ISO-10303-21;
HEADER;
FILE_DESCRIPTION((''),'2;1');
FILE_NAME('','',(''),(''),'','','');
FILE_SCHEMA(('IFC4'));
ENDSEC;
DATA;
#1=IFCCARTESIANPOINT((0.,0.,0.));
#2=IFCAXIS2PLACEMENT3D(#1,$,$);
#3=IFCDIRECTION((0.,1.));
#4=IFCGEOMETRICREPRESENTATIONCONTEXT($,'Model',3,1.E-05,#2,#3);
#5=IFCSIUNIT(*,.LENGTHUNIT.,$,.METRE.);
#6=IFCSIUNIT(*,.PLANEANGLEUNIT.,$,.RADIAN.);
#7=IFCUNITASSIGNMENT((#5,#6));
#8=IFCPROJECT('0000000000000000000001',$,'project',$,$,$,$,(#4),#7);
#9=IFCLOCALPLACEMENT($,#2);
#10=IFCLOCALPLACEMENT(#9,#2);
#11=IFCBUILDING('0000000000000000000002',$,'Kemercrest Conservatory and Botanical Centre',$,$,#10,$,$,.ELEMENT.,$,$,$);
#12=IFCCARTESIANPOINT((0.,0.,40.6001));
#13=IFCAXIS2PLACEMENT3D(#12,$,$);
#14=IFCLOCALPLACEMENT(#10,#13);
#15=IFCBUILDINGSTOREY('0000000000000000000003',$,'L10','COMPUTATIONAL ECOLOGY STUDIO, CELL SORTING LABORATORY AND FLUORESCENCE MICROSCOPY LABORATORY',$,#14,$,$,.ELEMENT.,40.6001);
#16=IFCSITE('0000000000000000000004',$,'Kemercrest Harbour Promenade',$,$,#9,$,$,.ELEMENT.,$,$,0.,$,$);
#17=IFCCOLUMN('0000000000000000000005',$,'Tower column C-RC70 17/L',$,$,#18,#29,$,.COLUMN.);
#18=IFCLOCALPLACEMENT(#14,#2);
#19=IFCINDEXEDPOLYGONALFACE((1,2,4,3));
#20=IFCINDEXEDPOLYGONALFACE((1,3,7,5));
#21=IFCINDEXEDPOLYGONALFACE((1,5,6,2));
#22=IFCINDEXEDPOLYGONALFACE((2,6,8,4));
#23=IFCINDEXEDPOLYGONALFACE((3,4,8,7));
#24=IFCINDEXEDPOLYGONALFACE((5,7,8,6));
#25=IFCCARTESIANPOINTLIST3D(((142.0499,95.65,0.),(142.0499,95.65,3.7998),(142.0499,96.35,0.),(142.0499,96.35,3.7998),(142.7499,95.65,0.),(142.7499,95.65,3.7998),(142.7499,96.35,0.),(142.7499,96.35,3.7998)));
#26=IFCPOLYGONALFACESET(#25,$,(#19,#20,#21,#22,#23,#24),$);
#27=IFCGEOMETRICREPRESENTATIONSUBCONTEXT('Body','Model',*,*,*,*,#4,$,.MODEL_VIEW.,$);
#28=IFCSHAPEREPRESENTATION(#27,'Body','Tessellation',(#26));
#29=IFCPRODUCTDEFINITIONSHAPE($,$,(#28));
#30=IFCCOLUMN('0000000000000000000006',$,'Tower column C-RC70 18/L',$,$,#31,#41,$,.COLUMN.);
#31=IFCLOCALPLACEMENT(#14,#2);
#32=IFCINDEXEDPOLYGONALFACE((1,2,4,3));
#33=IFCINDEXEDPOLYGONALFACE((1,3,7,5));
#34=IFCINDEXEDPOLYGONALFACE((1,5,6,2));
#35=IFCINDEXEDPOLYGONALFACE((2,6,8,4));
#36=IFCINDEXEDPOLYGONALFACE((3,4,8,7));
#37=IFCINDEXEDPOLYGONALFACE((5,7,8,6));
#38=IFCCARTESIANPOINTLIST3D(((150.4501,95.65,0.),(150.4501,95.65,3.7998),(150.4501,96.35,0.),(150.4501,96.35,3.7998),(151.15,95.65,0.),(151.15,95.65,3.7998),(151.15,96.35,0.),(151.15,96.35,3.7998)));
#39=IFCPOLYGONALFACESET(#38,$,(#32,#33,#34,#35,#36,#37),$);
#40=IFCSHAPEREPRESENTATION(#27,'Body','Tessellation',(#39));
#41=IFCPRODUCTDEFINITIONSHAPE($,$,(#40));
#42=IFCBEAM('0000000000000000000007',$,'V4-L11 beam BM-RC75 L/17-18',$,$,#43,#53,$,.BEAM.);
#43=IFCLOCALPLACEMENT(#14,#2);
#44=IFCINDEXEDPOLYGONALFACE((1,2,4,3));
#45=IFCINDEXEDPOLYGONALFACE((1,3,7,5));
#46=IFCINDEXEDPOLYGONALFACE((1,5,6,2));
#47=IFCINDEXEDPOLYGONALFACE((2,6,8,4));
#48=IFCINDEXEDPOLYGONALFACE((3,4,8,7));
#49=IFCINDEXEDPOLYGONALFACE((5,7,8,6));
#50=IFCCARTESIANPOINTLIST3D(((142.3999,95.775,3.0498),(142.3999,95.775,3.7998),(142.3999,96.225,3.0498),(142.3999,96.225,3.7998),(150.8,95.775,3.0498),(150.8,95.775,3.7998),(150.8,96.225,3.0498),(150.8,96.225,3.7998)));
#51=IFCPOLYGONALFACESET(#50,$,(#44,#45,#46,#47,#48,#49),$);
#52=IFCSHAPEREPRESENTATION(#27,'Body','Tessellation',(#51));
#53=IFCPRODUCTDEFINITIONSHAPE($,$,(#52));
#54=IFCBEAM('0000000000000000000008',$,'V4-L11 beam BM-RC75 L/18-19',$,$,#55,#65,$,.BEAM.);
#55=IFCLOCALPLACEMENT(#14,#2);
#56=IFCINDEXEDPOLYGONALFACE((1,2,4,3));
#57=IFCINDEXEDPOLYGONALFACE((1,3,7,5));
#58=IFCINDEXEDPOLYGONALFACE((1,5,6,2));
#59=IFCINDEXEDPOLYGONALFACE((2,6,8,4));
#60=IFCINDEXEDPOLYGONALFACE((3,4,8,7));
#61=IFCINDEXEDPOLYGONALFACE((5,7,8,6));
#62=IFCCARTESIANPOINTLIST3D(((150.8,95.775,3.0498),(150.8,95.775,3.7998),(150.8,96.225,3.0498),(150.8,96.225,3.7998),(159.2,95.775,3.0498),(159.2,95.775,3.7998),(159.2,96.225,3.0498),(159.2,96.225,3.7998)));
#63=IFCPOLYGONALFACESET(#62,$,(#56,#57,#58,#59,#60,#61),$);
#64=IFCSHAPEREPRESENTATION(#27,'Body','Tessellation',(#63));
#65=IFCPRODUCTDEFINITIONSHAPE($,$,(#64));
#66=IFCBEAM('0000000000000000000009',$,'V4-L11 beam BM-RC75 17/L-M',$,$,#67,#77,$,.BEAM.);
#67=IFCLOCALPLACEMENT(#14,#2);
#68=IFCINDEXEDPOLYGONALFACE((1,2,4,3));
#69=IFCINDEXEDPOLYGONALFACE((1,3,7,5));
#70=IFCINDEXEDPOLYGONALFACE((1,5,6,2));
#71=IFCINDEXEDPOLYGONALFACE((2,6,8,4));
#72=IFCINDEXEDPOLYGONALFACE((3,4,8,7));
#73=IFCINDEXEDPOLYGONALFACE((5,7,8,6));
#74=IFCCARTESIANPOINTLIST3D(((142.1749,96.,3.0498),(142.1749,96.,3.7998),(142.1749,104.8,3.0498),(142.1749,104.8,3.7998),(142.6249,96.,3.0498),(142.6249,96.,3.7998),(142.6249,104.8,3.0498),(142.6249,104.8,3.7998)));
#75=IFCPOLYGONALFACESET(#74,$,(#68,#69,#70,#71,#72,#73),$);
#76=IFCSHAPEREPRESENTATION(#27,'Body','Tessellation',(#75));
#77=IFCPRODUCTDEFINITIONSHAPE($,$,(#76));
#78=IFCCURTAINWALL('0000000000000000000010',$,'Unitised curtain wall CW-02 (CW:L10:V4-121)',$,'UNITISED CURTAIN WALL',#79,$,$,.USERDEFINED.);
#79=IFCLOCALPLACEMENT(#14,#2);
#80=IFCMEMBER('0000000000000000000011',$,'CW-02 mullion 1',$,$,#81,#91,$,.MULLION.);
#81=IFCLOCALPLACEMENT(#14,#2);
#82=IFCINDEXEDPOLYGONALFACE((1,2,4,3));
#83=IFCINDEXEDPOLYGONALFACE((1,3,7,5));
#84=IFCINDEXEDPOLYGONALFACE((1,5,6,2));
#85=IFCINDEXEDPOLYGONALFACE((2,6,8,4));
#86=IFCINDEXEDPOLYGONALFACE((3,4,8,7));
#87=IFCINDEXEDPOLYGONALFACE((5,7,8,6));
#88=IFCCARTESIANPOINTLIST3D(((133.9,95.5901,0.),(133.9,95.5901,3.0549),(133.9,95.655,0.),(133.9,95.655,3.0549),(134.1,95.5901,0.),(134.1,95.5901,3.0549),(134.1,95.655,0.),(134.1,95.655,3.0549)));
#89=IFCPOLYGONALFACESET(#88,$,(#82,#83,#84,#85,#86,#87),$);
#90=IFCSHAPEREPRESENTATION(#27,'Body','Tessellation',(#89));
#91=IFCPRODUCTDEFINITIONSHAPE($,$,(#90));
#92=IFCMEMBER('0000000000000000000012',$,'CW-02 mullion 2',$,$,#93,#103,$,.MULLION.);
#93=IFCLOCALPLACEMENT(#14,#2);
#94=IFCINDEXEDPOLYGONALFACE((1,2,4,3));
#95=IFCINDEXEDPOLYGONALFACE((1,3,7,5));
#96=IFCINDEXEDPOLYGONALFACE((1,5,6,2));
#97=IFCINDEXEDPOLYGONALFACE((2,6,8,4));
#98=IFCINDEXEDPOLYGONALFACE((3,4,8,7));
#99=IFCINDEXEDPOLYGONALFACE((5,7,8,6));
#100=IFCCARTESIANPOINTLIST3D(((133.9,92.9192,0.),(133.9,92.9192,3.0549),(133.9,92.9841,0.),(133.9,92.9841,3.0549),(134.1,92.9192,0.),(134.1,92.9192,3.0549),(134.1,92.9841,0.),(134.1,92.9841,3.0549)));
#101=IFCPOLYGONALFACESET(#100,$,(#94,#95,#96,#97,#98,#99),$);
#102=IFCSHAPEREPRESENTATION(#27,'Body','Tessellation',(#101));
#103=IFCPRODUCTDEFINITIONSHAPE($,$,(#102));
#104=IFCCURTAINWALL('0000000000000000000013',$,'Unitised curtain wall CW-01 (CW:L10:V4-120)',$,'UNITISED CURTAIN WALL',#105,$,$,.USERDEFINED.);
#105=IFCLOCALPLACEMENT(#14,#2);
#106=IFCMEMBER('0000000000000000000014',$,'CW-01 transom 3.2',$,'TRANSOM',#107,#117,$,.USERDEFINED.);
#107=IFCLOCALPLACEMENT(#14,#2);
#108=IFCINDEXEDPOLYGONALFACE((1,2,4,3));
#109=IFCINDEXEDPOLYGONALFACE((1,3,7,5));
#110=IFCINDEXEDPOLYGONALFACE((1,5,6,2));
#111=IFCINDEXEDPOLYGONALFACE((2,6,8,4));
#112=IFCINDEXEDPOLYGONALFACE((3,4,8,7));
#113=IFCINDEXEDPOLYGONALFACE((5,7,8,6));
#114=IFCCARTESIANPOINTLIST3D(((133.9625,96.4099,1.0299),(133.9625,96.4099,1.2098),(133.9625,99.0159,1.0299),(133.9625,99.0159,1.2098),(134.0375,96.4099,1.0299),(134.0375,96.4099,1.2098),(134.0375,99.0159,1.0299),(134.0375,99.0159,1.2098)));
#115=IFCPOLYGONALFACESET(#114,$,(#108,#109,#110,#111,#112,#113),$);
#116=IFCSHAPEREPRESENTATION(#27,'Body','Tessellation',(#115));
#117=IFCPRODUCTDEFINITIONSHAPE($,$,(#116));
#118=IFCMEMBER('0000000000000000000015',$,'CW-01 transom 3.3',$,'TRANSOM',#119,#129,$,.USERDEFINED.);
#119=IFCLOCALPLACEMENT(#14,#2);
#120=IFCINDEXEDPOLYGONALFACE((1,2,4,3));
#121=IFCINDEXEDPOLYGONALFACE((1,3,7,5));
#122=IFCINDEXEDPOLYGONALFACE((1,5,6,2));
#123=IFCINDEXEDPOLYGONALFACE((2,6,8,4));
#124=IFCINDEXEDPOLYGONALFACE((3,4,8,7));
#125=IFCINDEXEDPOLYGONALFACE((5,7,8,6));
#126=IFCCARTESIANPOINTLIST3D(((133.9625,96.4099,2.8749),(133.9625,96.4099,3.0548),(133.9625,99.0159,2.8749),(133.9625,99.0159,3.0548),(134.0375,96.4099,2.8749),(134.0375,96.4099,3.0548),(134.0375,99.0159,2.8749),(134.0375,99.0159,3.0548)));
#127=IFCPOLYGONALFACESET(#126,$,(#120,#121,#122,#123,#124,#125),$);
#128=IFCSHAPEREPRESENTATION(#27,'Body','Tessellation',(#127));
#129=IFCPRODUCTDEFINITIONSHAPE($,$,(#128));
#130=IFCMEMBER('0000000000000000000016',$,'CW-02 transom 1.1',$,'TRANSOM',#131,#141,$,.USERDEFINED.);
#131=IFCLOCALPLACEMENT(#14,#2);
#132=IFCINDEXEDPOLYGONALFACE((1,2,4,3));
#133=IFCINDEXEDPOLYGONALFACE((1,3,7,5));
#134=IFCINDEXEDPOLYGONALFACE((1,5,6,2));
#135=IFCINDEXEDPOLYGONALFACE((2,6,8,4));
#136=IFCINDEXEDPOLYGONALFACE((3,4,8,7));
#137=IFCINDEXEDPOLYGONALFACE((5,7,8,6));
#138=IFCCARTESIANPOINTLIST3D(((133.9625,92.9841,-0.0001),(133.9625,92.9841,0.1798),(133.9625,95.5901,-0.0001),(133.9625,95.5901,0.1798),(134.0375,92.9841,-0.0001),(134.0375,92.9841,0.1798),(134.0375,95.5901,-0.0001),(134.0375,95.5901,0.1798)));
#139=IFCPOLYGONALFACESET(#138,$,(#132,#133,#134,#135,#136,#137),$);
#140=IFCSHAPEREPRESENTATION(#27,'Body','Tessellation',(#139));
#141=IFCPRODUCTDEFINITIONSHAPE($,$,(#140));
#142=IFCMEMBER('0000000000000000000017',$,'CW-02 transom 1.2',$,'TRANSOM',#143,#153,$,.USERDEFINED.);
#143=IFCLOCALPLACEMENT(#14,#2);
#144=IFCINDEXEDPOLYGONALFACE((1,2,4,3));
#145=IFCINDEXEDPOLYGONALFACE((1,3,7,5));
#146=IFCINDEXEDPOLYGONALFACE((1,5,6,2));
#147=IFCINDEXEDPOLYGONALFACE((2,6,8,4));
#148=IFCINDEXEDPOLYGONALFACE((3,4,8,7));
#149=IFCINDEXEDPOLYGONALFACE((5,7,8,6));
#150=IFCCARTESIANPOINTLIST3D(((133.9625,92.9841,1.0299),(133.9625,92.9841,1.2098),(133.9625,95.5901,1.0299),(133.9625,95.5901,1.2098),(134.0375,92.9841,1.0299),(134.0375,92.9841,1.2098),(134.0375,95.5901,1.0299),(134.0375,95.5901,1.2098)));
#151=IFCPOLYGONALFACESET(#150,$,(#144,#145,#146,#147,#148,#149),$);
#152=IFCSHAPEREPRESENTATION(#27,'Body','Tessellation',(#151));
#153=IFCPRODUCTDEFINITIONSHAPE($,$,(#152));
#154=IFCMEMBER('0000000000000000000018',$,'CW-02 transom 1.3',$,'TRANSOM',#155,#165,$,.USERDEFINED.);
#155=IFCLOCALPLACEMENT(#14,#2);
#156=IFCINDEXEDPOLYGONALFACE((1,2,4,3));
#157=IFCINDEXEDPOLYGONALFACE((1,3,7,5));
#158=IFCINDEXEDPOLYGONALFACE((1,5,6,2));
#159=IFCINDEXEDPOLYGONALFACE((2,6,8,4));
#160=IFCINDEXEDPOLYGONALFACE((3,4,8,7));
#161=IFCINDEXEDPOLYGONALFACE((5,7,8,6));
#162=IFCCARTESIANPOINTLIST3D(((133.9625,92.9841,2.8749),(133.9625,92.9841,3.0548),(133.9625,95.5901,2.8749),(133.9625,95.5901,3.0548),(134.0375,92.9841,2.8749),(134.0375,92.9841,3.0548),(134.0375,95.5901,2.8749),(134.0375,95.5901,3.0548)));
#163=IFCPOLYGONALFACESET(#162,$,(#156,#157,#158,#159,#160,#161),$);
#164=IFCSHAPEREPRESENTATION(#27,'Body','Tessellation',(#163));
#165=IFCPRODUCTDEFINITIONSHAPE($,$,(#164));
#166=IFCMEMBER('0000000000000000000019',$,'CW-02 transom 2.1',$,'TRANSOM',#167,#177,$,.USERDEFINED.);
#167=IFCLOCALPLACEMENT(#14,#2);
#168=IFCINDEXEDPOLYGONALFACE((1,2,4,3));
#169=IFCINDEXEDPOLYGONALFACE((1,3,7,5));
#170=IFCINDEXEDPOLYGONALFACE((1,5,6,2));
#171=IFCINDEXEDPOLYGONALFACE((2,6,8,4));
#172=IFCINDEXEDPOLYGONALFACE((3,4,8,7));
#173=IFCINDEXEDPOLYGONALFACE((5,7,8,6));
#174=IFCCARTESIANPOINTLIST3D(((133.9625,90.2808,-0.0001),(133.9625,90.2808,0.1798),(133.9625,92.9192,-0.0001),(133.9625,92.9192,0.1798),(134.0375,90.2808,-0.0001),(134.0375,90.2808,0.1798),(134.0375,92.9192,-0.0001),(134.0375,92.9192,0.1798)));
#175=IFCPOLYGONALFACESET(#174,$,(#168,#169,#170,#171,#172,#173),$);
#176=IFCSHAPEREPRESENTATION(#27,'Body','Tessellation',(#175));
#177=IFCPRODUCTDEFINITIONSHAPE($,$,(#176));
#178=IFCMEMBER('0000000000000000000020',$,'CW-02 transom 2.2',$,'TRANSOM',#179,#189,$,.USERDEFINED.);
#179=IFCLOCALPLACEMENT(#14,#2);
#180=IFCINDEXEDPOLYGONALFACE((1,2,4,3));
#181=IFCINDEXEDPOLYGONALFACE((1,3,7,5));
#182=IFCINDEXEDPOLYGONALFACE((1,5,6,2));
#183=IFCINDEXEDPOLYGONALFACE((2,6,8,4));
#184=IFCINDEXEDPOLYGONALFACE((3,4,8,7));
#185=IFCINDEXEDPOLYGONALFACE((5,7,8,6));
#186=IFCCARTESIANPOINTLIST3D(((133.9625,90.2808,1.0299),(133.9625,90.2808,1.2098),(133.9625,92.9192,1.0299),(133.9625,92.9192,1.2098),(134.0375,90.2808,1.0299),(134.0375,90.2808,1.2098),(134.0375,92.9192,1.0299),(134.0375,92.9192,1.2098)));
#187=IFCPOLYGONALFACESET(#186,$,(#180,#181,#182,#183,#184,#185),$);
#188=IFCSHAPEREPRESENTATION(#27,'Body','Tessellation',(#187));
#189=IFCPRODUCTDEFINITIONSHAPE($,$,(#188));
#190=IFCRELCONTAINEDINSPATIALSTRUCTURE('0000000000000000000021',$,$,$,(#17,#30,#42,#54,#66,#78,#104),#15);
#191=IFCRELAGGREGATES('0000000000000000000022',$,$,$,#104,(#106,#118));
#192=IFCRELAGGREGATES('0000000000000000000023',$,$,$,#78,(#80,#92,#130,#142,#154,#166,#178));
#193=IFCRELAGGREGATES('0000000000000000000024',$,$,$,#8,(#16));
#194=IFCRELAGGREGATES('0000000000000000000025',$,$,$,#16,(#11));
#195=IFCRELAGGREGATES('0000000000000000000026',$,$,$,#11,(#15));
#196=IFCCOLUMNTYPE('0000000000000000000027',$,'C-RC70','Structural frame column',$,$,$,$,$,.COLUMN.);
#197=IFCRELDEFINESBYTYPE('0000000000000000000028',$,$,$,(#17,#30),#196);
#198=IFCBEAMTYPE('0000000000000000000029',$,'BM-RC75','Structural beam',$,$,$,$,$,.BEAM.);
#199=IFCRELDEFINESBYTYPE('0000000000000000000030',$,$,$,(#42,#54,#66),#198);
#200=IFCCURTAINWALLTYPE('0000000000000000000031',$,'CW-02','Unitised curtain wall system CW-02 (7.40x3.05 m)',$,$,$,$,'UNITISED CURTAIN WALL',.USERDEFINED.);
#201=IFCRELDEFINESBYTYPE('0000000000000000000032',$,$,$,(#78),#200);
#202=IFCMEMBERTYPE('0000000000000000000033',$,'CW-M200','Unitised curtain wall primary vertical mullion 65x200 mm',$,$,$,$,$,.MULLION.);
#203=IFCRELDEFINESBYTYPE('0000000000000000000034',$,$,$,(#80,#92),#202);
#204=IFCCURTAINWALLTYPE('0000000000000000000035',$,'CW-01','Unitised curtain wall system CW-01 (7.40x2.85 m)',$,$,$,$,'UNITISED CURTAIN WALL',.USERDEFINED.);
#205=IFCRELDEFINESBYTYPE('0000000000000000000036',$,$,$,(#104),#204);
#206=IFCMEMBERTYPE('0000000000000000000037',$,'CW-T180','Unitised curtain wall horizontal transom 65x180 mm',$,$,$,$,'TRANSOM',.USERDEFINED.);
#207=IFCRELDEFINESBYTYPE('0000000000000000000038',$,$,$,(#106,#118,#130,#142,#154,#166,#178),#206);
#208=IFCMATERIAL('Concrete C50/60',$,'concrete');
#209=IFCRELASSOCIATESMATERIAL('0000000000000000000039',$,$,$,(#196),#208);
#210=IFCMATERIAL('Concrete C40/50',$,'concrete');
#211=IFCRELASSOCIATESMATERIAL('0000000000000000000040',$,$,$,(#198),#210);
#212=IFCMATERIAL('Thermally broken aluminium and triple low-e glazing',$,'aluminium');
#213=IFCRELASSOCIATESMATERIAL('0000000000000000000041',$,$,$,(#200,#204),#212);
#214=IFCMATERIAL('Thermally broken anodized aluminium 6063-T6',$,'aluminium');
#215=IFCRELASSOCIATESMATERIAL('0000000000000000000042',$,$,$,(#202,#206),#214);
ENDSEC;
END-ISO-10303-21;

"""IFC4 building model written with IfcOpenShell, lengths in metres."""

from ifc_helpers import new_model, si_unit, direction, frame, origin, origin_2d, place, context, subcontext, project, spatial, rectangle, extrude, material, material_profile, profile_set, type_object, element, aggregate, save


model = new_model("IFC4")

# Units and contexts
model_context = context("Model", 3, precision=1e-05, world=origin(), true_north=direction((0.0, 1.0)))
body_context = subcontext(model_context, "Body", "Model", "MODEL_VIEW")
ifc_project = project(units=[si_unit("LENGTHUNIT", "METRE"), si_unit("PLANEANGLEUNIT", "RADIAN")], contexts=[model_context])

# Site, building, storey
site_placement = place(None, origin())
site = spatial("IfcSite", under=ifc_project, at=site_placement, Name="Kemercrest Harbour Promenade", CompositionType="ELEMENT", RefElevation=0.0)
building_placement = place(site_placement, origin())
building = spatial("IfcBuilding", under=site, at=building_placement, Name="Kemercrest Conservatory and Botanical Centre", CompositionType="ELEMENT")
storey_placement = place(building_placement, frame((0.0, 0.0, 40.6001)))
storey = spatial("IfcBuildingStorey", under=building, at=storey_placement, Name="L10", Description="COMPUTATIONAL ECOLOGY STUDIO, CELL SORTING LABORATORY AND FLUORESCENCE MICROSCOPY LABORATORY", CompositionType="ELEMENT", Elevation=40.6001)

# Columns
ifc_material_1 = material(Name="Concrete C50/60", Category="concrete")
ifc_material_profile_1 = material_profile(ifc_material_1, rectangle(XDim=0.7, YDim=0.7, at=origin_2d()), Name="RC 700x700")
ifc_profile_set_1 = profile_set([ifc_material_profile_1], Name="Concrete C50/60")
column_type = type_object("IfcColumnType", Name="C-RC70", Description="Structural frame column", PredefinedType="COLUMN", material=ifc_profile_set_1)
for number, where, z_axis, x_axis, name in (
    (1, (142.3999, 96.0, 0.0), (0.0, 0.0, 1.0), (1.0, 0.0, 0.0), "Tower column C-RC70 17/L"),
    (2, (150.8, 96.0, 0.0), (0.0, 0.0, 1.0), (1.0, 0.0, 0.0), "Tower column C-RC70 18/L"),
):
    element("IfcColumn", number, at=place(storey_placement, frame(where, z_axis=z_axis, x_axis=x_axis)), inside=storey, type_object=column_type, Name=name, PredefinedType="COLUMN", context=body_context, shape_type="SweptSolid", body=[
        extrude(rectangle(XDim=0.7, YDim=0.7, at=origin_2d()), origin(), (0.0, 0.0, 1.0), 3.7998),
    ])

# Beams
ifc_material_2 = material(Name="Concrete C40/50", Category="concrete")
ifc_material_profile_2 = material_profile(ifc_material_2, rectangle(XDim=0.45, YDim=0.75, at=origin_2d()), Name="RC 450x750")
ifc_profile_set_2 = profile_set([ifc_material_profile_2], Name="Concrete C40/50")
beam_type_1 = type_object("IfcBeamType", Name="BM-RC75", Description="Structural beam", PredefinedType="BEAM", material=ifc_profile_set_2)
beam_1_placement = place(storey_placement, frame((142.3999, 96.0, 3.4248), z_axis=(1.0, 0.0, 0.0), x_axis=(0.0, 1.0, 0.0)))
element("IfcBeam", 3, at=beam_1_placement, inside=storey, type_object=beam_type_1, Name="V4-L11 beam BM-RC75 L/17-18", PredefinedType="BEAM", context=body_context, shape_type="SweptSolid", body=[
    extrude(rectangle(XDim=0.45, YDim=0.75, at=origin_2d()), origin(), (0.0, 0.0, 1.0), 8.4001),
])
beam_2_placement = place(storey_placement, frame((150.8, 96.0, 3.4248), z_axis=(1.0, 0.0, 0.0), x_axis=(0.0, 1.0, 0.0)))
element("IfcBeam", 4, at=beam_2_placement, inside=storey, type_object=beam_type_1, Name="V4-L11 beam BM-RC75 L/18-19", PredefinedType="BEAM", context=body_context, shape_type="SweptSolid", body=[
    extrude(rectangle(XDim=0.45, YDim=0.75, at=origin_2d()), origin(), (0.0, 0.0, 1.0), 8.3999),
])
beam_3_placement = place(storey_placement, frame((142.3999, 96.0, 3.4248), z_axis=(0.0, 1.0, 0.0), x_axis=(-1.0, 0.0, 0.0)))
element("IfcBeam", 5, at=beam_3_placement, inside=storey, type_object=beam_type_1, Name="V4-L11 beam BM-RC75 17/L-M", PredefinedType="BEAM", context=body_context, shape_type="SweptSolid", body=[
    extrude(rectangle(XDim=0.45, YDim=0.75, at=origin_2d()), origin(), (0.0, 0.0, 1.0), 8.8),
])

# Curtain walls, members
ifc_material_3 = material(Name="Thermally broken aluminium and triple low-e glazing", Category="aluminium")
curtain_wall_type_1 = type_object("IfcCurtainWallType", Name="CW-02", Description="Unitised curtain wall system CW-02 (7.40x3.05 m)", ElementType="UNITISED CURTAIN WALL", PredefinedType="USERDEFINED", material=ifc_material_3)
curtain_wall_1_placement = place(storey_placement, origin())
curtain_wall_1 = element("IfcCurtainWall", 6, at=curtain_wall_1_placement, inside=storey, type_object=curtain_wall_type_1, Name="Unitised curtain wall CW-02 (CW:L10:V4-121)", ObjectType="UNITISED CURTAIN WALL", PredefinedType="USERDEFINED")
ifc_material_4 = material(Name="Thermally broken anodized aluminium 6063-T6", Category="aluminium")
ifc_material_profile_3 = material_profile(ifc_material_4, rectangle(XDim=0.2, YDim=0.0649, at=origin_2d()), Name="AL MULLION 65x200")
ifc_profile_set_3 = profile_set([ifc_material_profile_3], Name="Thermally broken anodized aluminium 6063-T6")
member_type_1 = type_object("IfcMemberType", Name="CW-M200", Description="Unitised curtain wall primary vertical mullion 65x200 mm", PredefinedType="MULLION", material=ifc_profile_set_3)
member_1_placement = place(storey_placement, frame((134.0, 95.6226, 0.0), z_axis=(0.0, 0.0, 1.0), x_axis=(1.0, 0.0, 0.0)))
member_1 = element("IfcMember", 7, at=member_1_placement, type_object=member_type_1, Name="CW-02 mullion 1", PredefinedType="MULLION", context=body_context, shape_type="SweptSolid", body=[
    extrude(rectangle(XDim=0.2, YDim=0.0649, at=origin_2d()), origin(), (0.0, 0.0, 1.0), 3.0549),
])
member_2_placement = place(storey_placement, frame((134.0, 92.9517, 0.0), z_axis=(0.0, 0.0, 1.0), x_axis=(1.0, 0.0, 0.0)))
member_2 = element("IfcMember", 8, at=member_2_placement, type_object=member_type_1, Name="CW-02 mullion 2", PredefinedType="MULLION", context=body_context, shape_type="SweptSolid", body=[
    extrude(rectangle(XDim=0.2, YDim=0.0649, at=origin_2d()), origin(), (0.0, 0.0, 1.0), 3.0549),
])
curtain_wall_type_2 = type_object("IfcCurtainWallType", Name="CW-01", Description="Unitised curtain wall system CW-01 (7.40x2.85 m)", ElementType="UNITISED CURTAIN WALL", PredefinedType="USERDEFINED", material=ifc_material_3)
curtain_wall_2_placement = place(storey_placement, origin())
curtain_wall_2 = element("IfcCurtainWall", 9, at=curtain_wall_2_placement, inside=storey, type_object=curtain_wall_type_2, Name="Unitised curtain wall CW-01 (CW:L10:V4-120)", ObjectType="UNITISED CURTAIN WALL", PredefinedType="USERDEFINED")
ifc_material_profile_4 = material_profile(ifc_material_4, rectangle(XDim=0.075, YDim=0.1799, at=origin_2d()), Name="AL TRANSOM 75x180")
ifc_profile_set_4 = profile_set([ifc_material_profile_4], Name="Thermally broken anodized aluminium 6063-T6")
member_type_2 = type_object("IfcMemberType", Name="CW-T180", Description="Unitised curtain wall horizontal transom 65x180 mm", ElementType="TRANSOM", PredefinedType="USERDEFINED", material=ifc_profile_set_4)
member_3_placement = place(storey_placement, frame((134.0, 99.0159, 1.1199), z_axis=(0.0, -1.0, 0.0), x_axis=(1.0, 0.0, 0.0)))
member_3 = element("IfcMember", 10, at=member_3_placement, type_object=member_type_2, Name="CW-01 transom 3.2", ObjectType="TRANSOM", PredefinedType="USERDEFINED", context=body_context, shape_type="SweptSolid", body=[
    extrude(rectangle(XDim=0.075, YDim=0.1799, at=origin_2d()), origin(), (0.0, 0.0, 1.0), 2.606),
])
member_4_placement = place(storey_placement, frame((134.0, 99.0159, 2.9648), z_axis=(0.0, -1.0, 0.0), x_axis=(1.0, 0.0, 0.0)))
member_4 = element("IfcMember", 11, at=member_4_placement, type_object=member_type_2, Name="CW-01 transom 3.3", ObjectType="TRANSOM", PredefinedType="USERDEFINED", context=body_context, shape_type="SweptSolid", body=[
    extrude(rectangle(XDim=0.075, YDim=0.1799, at=origin_2d()), origin(), (0.0, 0.0, 1.0), 2.606),
])

# Members
member_5_placement = place(storey_placement, frame((134.0, 95.5901, 0.0898), z_axis=(0.0, -1.0, 0.0), x_axis=(1.0, 0.0, 0.0)))
member_5 = element("IfcMember", 12, at=member_5_placement, type_object=member_type_2, Name="CW-02 transom 1.1", ObjectType="TRANSOM", PredefinedType="USERDEFINED", context=body_context, shape_type="SweptSolid", body=[
    extrude(rectangle(XDim=0.075, YDim=0.1799, at=origin_2d()), origin(), (0.0, 0.0, 1.0), 2.606),
])
member_6_placement = place(storey_placement, frame((134.0, 95.5901, 1.1199), z_axis=(0.0, -1.0, 0.0), x_axis=(1.0, 0.0, 0.0)))
member_6 = element("IfcMember", 13, at=member_6_placement, type_object=member_type_2, Name="CW-02 transom 1.2", ObjectType="TRANSOM", PredefinedType="USERDEFINED", context=body_context, shape_type="SweptSolid", body=[
    extrude(rectangle(XDim=0.075, YDim=0.1799, at=origin_2d()), origin(), (0.0, 0.0, 1.0), 2.606),
])
member_7_placement = place(storey_placement, frame((134.0, 95.5901, 2.9648), z_axis=(0.0, -1.0, 0.0), x_axis=(1.0, 0.0, 0.0)))
member_7 = element("IfcMember", 14, at=member_7_placement, type_object=member_type_2, Name="CW-02 transom 1.3", ObjectType="TRANSOM", PredefinedType="USERDEFINED", context=body_context, shape_type="SweptSolid", body=[
    extrude(rectangle(XDim=0.075, YDim=0.1799, at=origin_2d()), origin(), (0.0, 0.0, 1.0), 2.606),
])
member_8_placement = place(storey_placement, frame((134.0, 92.9192, 0.0898), z_axis=(0.0, -1.0, 0.0), x_axis=(1.0, 0.0, 0.0)))
member_8 = element("IfcMember", 15, at=member_8_placement, type_object=member_type_2, Name="CW-02 transom 2.1", ObjectType="TRANSOM", PredefinedType="USERDEFINED", context=body_context, shape_type="SweptSolid", body=[
    extrude(rectangle(XDim=0.075, YDim=0.1799, at=origin_2d()), origin(), (0.0, 0.0, 1.0), 2.6384),
])
member_9_placement = place(storey_placement, frame((134.0, 92.9192, 1.1199), z_axis=(0.0, -1.0, 0.0), x_axis=(1.0, 0.0, 0.0)))
member_9 = element("IfcMember", 16, at=member_9_placement, type_object=member_type_2, Name="CW-02 transom 2.2", ObjectType="TRANSOM", PredefinedType="USERDEFINED", context=body_context, shape_type="SweptSolid", body=[
    extrude(rectangle(XDim=0.075, YDim=0.1799, at=origin_2d()), origin(), (0.0, 0.0, 1.0), 2.6384),
])

aggregate(curtain_wall_2, [member_3, member_4])
aggregate(curtain_wall_1, [member_1, member_2, member_5, member_6, member_7, member_8, member_9])

save(model, "model.ifc")
